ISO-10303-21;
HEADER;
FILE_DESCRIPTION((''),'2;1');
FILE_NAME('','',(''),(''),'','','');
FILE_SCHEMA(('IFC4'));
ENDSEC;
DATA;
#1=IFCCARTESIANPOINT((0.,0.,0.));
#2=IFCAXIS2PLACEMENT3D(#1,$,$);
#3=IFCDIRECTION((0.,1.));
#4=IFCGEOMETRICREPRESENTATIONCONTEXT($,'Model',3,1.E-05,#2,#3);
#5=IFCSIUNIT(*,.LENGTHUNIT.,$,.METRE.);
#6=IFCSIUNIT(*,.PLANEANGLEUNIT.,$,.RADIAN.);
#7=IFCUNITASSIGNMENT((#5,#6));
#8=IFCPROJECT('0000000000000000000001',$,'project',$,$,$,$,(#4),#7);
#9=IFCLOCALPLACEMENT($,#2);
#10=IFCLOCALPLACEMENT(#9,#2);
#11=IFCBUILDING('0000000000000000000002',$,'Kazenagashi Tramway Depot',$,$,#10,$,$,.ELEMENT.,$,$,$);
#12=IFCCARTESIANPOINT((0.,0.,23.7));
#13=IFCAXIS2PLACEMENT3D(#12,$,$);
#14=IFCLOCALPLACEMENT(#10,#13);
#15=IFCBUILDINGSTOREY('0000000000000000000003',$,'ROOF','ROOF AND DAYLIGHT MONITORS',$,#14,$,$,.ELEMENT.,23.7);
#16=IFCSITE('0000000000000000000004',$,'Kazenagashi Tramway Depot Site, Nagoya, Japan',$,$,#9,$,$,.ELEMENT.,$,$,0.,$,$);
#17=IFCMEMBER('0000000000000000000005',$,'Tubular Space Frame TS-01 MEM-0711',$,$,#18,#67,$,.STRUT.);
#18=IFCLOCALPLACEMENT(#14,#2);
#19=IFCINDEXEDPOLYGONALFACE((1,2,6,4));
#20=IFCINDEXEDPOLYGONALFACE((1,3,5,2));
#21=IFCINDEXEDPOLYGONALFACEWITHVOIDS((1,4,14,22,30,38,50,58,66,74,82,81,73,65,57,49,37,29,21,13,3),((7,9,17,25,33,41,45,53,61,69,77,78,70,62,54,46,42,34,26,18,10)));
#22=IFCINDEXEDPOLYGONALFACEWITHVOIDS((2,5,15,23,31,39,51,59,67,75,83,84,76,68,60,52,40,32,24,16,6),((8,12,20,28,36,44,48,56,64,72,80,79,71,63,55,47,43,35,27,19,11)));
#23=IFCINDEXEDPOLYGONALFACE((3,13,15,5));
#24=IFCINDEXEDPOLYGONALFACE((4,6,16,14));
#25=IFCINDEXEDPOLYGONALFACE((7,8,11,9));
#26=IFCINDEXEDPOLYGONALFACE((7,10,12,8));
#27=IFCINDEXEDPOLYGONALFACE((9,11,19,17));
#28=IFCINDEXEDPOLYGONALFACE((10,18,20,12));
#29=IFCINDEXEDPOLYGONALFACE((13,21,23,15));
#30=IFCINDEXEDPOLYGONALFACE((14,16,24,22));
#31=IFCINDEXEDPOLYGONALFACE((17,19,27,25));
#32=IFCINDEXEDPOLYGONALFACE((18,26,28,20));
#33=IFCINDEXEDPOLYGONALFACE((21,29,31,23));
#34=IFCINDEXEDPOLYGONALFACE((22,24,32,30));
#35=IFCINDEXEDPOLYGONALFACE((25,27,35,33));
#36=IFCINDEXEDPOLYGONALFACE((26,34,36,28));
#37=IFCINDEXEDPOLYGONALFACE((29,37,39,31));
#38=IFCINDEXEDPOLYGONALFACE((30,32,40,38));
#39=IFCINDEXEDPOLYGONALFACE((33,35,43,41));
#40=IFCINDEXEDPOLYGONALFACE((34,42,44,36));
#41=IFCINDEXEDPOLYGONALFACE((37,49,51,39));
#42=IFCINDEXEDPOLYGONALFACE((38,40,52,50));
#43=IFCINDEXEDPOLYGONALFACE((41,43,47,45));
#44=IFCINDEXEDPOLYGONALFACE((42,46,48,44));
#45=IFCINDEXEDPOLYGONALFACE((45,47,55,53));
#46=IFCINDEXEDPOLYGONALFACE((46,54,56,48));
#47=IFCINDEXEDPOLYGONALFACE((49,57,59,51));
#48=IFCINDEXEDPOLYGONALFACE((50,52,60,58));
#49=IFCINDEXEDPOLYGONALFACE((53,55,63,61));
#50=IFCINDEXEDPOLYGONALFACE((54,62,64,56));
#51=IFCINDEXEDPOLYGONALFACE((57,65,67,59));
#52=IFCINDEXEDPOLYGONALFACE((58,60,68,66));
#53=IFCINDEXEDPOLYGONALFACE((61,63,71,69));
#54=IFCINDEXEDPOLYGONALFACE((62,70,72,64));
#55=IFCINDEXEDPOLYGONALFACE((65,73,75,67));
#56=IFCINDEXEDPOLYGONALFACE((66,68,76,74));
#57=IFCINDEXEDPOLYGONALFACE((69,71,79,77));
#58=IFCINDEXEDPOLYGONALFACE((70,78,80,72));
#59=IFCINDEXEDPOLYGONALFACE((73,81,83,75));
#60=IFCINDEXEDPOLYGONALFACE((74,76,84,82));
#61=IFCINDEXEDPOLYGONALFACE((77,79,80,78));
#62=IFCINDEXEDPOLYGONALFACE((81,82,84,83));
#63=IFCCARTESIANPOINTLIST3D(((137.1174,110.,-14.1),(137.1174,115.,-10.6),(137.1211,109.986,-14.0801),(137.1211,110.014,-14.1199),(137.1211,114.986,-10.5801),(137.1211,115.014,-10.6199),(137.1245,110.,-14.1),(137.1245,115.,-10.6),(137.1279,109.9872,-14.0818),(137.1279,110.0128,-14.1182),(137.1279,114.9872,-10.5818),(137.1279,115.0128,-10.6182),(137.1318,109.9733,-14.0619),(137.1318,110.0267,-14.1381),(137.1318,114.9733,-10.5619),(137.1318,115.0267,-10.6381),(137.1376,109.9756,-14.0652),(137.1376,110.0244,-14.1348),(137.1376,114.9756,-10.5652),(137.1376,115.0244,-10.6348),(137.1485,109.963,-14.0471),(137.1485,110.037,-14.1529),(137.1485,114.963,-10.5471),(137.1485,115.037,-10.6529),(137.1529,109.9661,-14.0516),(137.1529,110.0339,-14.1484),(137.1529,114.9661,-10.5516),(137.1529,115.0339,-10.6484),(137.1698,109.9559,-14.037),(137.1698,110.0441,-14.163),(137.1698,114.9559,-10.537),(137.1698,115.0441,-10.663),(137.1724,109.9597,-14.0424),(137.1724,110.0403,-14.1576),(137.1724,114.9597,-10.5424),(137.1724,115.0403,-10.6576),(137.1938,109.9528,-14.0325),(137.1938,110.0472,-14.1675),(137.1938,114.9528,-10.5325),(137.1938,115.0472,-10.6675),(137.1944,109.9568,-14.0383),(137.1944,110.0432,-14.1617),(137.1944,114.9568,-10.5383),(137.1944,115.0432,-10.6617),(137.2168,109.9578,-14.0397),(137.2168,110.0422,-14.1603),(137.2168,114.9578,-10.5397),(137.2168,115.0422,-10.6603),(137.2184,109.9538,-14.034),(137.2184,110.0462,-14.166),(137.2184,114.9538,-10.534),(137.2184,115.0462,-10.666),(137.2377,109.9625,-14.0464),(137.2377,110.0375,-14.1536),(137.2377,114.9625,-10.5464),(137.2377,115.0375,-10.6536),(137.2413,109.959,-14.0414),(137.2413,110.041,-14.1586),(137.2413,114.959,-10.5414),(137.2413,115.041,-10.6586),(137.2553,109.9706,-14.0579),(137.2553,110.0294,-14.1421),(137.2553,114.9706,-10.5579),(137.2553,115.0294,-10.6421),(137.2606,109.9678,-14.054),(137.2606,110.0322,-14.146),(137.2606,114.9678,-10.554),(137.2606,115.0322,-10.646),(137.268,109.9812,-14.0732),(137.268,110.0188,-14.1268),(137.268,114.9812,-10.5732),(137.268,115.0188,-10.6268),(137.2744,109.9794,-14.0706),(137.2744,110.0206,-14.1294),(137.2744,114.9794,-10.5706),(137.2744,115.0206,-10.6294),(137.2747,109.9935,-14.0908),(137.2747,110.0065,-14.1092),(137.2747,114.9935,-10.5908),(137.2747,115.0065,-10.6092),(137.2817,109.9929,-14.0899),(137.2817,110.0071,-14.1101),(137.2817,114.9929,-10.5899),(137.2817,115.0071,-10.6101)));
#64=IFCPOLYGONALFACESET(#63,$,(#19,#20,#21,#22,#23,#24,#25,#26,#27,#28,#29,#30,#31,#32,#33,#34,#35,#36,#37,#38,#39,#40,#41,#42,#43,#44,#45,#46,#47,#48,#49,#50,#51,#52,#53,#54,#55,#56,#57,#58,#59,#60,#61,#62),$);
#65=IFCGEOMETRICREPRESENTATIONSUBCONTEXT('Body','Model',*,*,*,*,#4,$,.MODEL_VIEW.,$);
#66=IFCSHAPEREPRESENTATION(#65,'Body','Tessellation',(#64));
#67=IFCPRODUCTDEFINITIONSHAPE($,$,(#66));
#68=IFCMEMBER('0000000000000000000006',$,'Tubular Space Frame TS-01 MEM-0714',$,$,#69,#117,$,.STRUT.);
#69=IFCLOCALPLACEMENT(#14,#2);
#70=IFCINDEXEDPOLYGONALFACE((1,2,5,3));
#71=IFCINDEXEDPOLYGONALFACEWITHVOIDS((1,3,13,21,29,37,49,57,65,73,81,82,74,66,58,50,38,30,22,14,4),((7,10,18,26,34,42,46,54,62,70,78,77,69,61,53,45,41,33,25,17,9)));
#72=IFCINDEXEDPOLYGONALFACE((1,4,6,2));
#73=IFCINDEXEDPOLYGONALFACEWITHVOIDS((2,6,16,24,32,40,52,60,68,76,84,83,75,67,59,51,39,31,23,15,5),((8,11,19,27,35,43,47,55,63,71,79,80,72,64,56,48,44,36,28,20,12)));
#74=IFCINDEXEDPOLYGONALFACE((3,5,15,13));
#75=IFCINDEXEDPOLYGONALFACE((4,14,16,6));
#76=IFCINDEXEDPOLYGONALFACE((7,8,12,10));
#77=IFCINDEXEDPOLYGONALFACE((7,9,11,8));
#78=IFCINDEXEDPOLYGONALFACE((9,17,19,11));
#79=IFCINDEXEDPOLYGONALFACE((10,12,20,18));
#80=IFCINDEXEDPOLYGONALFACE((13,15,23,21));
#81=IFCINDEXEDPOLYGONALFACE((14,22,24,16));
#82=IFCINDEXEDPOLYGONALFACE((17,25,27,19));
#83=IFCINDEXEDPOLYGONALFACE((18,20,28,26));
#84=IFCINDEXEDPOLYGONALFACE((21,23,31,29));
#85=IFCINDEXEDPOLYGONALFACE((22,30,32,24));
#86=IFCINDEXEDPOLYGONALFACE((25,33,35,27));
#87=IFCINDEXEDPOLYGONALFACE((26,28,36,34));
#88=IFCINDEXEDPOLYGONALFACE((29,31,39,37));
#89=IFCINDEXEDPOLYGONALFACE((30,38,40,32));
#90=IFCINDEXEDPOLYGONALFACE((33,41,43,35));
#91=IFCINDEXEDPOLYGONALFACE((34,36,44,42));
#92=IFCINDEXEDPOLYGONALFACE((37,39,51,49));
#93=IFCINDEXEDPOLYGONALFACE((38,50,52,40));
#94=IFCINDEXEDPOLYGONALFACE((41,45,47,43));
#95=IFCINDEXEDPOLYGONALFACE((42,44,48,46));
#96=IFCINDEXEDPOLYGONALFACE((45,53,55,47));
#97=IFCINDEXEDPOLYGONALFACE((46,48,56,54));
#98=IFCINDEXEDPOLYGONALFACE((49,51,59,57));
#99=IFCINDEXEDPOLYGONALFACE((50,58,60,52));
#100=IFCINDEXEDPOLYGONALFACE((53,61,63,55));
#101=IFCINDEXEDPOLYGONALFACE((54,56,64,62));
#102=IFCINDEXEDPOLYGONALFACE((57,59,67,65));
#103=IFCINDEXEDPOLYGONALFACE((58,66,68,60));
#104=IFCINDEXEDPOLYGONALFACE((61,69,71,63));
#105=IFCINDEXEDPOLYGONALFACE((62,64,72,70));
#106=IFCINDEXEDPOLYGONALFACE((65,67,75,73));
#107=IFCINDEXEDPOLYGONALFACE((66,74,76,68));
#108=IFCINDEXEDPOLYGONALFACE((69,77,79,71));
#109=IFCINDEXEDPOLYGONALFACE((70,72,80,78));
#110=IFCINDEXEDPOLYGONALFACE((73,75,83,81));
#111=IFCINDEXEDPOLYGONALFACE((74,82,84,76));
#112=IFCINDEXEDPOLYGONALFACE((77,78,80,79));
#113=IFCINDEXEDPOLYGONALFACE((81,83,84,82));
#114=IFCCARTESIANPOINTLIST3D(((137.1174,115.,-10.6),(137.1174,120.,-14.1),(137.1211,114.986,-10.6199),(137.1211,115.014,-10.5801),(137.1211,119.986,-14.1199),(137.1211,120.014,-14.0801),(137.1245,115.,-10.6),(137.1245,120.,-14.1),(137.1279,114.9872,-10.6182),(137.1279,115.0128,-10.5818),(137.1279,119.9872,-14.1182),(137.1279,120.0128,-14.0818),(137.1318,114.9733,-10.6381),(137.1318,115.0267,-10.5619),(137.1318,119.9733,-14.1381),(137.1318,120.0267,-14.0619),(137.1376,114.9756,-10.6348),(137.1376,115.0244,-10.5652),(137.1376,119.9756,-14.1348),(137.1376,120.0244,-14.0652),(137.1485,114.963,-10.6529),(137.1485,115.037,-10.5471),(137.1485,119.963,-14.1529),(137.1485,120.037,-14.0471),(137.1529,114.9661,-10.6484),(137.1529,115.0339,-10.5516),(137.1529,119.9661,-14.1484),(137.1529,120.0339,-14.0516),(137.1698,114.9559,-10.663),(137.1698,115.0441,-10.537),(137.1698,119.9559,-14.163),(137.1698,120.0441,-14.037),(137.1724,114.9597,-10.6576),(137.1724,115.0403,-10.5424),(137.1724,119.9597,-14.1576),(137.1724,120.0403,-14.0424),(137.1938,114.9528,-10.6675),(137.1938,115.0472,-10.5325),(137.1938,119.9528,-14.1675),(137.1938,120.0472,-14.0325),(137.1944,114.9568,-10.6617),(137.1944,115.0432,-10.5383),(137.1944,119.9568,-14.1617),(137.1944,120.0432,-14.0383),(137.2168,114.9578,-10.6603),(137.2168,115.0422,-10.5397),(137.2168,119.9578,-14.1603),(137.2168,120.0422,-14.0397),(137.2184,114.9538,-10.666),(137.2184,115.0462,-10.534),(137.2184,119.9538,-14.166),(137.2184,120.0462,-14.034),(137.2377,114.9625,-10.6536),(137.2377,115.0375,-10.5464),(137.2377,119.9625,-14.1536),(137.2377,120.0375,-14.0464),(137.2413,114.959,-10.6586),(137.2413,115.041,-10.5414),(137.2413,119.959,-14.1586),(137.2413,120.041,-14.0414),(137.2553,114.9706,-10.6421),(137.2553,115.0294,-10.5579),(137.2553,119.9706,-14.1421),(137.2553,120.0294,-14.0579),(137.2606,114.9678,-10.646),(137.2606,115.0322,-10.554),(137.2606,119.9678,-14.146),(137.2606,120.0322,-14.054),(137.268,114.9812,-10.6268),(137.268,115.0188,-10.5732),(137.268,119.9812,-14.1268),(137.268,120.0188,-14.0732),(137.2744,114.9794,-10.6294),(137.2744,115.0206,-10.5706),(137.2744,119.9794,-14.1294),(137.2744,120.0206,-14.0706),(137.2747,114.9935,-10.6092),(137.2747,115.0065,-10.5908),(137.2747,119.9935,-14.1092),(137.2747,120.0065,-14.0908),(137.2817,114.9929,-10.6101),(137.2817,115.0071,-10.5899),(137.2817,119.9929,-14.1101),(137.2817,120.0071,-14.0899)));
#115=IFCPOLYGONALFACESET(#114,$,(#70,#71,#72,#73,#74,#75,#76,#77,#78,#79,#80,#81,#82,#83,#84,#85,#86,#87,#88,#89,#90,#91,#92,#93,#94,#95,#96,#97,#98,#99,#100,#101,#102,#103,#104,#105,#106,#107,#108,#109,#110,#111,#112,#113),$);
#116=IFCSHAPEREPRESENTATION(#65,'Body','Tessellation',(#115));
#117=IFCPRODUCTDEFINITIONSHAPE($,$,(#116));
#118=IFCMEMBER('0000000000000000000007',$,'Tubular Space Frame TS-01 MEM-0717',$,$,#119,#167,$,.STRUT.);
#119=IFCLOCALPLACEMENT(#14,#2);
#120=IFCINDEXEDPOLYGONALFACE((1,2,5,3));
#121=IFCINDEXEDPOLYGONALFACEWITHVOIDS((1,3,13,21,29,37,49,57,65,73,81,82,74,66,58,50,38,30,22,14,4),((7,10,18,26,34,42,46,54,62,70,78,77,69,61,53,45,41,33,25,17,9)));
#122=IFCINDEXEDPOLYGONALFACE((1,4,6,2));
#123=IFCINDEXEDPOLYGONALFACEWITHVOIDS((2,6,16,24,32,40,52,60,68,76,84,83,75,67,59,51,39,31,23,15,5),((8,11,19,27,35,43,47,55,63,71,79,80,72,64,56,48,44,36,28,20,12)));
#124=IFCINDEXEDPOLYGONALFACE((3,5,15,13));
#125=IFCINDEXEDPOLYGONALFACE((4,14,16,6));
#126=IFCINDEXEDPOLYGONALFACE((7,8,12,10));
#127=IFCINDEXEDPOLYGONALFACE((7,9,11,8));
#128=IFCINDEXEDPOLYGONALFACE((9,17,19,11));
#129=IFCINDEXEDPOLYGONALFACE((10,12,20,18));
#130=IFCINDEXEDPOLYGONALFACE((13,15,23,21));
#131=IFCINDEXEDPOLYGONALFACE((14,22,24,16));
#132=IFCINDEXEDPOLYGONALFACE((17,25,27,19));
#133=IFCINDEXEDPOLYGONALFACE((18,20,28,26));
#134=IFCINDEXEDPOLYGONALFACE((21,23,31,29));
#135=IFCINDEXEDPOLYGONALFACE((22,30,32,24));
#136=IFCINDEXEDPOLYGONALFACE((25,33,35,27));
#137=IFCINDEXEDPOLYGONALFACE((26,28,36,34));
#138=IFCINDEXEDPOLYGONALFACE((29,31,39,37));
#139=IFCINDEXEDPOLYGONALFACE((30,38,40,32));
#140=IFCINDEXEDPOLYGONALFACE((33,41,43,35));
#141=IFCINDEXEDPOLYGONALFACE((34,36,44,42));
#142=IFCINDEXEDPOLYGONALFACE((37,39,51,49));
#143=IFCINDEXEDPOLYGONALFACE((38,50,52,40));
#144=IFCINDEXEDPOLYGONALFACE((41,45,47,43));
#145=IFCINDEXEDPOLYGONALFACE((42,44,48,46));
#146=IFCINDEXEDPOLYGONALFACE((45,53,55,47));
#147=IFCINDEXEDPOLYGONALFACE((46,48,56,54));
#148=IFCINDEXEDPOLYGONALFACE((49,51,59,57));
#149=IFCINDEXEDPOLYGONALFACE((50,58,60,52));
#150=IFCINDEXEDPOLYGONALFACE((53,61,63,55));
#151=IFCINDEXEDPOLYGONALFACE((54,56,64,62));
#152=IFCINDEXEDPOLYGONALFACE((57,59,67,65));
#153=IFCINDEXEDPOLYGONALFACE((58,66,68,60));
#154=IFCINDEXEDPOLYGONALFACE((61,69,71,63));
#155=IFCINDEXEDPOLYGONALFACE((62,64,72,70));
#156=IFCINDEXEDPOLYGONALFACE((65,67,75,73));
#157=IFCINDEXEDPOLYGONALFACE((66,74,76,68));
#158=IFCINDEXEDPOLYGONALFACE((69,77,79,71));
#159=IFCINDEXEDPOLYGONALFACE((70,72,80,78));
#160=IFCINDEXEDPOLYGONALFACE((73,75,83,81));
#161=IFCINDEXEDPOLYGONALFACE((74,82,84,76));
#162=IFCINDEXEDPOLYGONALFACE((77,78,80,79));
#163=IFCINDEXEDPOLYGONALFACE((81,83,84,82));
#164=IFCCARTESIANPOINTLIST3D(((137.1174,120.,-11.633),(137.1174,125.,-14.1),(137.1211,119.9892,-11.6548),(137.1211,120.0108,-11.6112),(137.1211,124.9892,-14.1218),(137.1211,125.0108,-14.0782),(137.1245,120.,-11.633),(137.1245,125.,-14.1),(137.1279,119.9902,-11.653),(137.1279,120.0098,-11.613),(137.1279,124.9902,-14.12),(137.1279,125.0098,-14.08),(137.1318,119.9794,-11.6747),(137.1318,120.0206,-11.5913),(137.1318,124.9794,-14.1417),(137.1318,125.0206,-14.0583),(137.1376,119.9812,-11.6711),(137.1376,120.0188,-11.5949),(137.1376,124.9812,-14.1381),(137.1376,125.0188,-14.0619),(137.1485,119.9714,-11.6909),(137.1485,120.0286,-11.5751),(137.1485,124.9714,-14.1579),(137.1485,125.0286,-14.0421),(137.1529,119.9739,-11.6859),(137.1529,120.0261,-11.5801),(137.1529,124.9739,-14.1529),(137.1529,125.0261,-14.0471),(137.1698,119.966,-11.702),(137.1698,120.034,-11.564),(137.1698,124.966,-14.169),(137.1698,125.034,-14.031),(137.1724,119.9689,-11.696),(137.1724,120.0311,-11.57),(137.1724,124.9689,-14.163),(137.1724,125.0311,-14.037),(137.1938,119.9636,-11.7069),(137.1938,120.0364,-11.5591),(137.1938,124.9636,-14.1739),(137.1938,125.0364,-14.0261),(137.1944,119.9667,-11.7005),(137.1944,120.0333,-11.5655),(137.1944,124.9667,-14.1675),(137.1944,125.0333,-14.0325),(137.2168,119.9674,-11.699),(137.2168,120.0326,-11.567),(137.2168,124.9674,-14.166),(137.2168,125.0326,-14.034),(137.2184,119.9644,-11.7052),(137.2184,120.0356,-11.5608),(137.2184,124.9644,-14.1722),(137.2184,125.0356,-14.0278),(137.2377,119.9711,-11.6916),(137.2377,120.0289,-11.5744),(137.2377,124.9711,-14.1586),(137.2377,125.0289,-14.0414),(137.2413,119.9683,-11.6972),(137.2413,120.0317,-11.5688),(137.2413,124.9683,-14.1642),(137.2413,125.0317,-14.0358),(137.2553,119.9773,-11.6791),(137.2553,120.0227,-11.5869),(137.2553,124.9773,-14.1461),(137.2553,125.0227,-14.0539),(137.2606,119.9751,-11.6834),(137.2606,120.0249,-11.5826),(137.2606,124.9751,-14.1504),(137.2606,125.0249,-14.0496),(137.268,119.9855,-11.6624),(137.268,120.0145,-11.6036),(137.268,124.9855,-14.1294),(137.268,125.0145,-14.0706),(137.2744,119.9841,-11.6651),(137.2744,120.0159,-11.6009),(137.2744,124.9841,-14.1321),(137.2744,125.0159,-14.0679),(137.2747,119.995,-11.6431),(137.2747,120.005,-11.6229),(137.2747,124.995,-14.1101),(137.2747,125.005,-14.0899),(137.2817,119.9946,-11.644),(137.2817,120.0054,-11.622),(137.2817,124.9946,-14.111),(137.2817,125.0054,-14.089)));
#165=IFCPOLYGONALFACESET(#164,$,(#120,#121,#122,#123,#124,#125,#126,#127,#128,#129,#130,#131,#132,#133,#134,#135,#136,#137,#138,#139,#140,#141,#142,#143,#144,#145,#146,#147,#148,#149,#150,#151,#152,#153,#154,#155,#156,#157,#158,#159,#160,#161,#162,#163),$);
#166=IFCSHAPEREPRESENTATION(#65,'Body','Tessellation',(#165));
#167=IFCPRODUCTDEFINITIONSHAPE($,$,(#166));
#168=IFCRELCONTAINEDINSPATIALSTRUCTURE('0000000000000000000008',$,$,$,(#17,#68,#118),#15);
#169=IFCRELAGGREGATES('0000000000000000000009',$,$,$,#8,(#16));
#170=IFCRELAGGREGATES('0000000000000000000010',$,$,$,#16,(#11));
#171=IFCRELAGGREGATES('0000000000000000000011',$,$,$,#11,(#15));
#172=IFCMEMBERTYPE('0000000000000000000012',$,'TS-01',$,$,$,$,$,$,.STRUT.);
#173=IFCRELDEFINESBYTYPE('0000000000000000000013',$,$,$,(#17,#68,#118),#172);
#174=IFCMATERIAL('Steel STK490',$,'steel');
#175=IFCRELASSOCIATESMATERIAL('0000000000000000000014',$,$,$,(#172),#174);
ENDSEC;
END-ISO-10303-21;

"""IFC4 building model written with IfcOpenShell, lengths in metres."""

from ifc_helpers import new_model, si_unit, direction, frame, origin, origin_2d, place, context, subcontext, project, spatial, hollow_circle, extrude, material, material_profile, profile_set, type_object, element, save


model = new_model("IFC4")

# Units and contexts
model_context = context("Model", 3, precision=1e-05, world=origin(), true_north=direction((0.0, 1.0)))
body_context = subcontext(model_context, "Body", "Model", "MODEL_VIEW")
ifc_project = project(units=[si_unit("LENGTHUNIT", "METRE"), si_unit("PLANEANGLEUNIT", "RADIAN")], contexts=[model_context])

# Site, building, storey
site_placement = place(None, origin())
site = spatial("IfcSite", under=ifc_project, at=site_placement, Name="Kazenagashi Tramway Depot Site, Nagoya, Japan", CompositionType="ELEMENT", RefElevation=0.0)
building_placement = place(site_placement, origin())
building = spatial("IfcBuilding", under=site, at=building_placement, Name="Kazenagashi Tramway Depot", CompositionType="ELEMENT")
storey_placement = place(building_placement, frame((0.0, 0.0, 23.7)))
storey = spatial("IfcBuildingStorey", under=building, at=storey_placement, Name="ROOF", Description="ROOF AND DAYLIGHT MONITORS", CompositionType="ELEMENT", Elevation=23.7)

# Members
ifc_material_1 = material(Name="Steel STK490", Category="steel")
ifc_material_profile_1 = material_profile(ifc_material_1, hollow_circle(Radius=0.0826, WallThickness=0.0071, at=origin_2d()), Name="CHS-165.2x7.1")
ifc_profile_set_1 = profile_set([ifc_material_profile_1], Name="Steel STK490")
member_type_1 = type_object("IfcMemberType", Name="TS-01", PredefinedType="STRUT", material=ifc_profile_set_1)
for number, where, z_axis, x_axis, name in (
    (1, (137.2, 110.0, -14.1), (0.0, 0.819232, 0.573462), (-1.0, 0.0, 0.0), "Tubular Space Frame TS-01 MEM-0711"),
    (2, (137.2, 115.0, -10.6), (0.0, 0.819232, -0.573462), (-1.0, 0.0, 0.0), "Tubular Space Frame TS-01 MEM-0714"),
):
    element("IfcMember", number, at=place(storey_placement, frame(where, z_axis=z_axis, x_axis=x_axis)), inside=storey, type_object=member_type_1, Name=name, PredefinedType="STRUT", context=body_context, shape_type="SweptSolid", body=[
        extrude(hollow_circle(Radius=0.0826, WallThickness=0.0071, at=origin_2d()), origin(), (0.0, 0.0, 1.0), 6.1033),
    ])
member_1_placement = place(storey_placement, frame((137.2, 120.0, -11.633), z_axis=(0.0, 0.896782, -0.442472), x_axis=(-1.0, 0.0, 0.0)))
element("IfcMember", 3, at=member_1_placement, inside=storey, type_object=member_type_1, Name="Tubular Space Frame TS-01 MEM-0717", PredefinedType="STRUT", context=body_context, shape_type="SweptSolid", body=[
    extrude(hollow_circle(Radius=0.0826, WallThickness=0.0071, at=origin_2d()), origin(), (0.0, 0.0, 1.0), 5.5755),
])

save(model, "model.ifc")
